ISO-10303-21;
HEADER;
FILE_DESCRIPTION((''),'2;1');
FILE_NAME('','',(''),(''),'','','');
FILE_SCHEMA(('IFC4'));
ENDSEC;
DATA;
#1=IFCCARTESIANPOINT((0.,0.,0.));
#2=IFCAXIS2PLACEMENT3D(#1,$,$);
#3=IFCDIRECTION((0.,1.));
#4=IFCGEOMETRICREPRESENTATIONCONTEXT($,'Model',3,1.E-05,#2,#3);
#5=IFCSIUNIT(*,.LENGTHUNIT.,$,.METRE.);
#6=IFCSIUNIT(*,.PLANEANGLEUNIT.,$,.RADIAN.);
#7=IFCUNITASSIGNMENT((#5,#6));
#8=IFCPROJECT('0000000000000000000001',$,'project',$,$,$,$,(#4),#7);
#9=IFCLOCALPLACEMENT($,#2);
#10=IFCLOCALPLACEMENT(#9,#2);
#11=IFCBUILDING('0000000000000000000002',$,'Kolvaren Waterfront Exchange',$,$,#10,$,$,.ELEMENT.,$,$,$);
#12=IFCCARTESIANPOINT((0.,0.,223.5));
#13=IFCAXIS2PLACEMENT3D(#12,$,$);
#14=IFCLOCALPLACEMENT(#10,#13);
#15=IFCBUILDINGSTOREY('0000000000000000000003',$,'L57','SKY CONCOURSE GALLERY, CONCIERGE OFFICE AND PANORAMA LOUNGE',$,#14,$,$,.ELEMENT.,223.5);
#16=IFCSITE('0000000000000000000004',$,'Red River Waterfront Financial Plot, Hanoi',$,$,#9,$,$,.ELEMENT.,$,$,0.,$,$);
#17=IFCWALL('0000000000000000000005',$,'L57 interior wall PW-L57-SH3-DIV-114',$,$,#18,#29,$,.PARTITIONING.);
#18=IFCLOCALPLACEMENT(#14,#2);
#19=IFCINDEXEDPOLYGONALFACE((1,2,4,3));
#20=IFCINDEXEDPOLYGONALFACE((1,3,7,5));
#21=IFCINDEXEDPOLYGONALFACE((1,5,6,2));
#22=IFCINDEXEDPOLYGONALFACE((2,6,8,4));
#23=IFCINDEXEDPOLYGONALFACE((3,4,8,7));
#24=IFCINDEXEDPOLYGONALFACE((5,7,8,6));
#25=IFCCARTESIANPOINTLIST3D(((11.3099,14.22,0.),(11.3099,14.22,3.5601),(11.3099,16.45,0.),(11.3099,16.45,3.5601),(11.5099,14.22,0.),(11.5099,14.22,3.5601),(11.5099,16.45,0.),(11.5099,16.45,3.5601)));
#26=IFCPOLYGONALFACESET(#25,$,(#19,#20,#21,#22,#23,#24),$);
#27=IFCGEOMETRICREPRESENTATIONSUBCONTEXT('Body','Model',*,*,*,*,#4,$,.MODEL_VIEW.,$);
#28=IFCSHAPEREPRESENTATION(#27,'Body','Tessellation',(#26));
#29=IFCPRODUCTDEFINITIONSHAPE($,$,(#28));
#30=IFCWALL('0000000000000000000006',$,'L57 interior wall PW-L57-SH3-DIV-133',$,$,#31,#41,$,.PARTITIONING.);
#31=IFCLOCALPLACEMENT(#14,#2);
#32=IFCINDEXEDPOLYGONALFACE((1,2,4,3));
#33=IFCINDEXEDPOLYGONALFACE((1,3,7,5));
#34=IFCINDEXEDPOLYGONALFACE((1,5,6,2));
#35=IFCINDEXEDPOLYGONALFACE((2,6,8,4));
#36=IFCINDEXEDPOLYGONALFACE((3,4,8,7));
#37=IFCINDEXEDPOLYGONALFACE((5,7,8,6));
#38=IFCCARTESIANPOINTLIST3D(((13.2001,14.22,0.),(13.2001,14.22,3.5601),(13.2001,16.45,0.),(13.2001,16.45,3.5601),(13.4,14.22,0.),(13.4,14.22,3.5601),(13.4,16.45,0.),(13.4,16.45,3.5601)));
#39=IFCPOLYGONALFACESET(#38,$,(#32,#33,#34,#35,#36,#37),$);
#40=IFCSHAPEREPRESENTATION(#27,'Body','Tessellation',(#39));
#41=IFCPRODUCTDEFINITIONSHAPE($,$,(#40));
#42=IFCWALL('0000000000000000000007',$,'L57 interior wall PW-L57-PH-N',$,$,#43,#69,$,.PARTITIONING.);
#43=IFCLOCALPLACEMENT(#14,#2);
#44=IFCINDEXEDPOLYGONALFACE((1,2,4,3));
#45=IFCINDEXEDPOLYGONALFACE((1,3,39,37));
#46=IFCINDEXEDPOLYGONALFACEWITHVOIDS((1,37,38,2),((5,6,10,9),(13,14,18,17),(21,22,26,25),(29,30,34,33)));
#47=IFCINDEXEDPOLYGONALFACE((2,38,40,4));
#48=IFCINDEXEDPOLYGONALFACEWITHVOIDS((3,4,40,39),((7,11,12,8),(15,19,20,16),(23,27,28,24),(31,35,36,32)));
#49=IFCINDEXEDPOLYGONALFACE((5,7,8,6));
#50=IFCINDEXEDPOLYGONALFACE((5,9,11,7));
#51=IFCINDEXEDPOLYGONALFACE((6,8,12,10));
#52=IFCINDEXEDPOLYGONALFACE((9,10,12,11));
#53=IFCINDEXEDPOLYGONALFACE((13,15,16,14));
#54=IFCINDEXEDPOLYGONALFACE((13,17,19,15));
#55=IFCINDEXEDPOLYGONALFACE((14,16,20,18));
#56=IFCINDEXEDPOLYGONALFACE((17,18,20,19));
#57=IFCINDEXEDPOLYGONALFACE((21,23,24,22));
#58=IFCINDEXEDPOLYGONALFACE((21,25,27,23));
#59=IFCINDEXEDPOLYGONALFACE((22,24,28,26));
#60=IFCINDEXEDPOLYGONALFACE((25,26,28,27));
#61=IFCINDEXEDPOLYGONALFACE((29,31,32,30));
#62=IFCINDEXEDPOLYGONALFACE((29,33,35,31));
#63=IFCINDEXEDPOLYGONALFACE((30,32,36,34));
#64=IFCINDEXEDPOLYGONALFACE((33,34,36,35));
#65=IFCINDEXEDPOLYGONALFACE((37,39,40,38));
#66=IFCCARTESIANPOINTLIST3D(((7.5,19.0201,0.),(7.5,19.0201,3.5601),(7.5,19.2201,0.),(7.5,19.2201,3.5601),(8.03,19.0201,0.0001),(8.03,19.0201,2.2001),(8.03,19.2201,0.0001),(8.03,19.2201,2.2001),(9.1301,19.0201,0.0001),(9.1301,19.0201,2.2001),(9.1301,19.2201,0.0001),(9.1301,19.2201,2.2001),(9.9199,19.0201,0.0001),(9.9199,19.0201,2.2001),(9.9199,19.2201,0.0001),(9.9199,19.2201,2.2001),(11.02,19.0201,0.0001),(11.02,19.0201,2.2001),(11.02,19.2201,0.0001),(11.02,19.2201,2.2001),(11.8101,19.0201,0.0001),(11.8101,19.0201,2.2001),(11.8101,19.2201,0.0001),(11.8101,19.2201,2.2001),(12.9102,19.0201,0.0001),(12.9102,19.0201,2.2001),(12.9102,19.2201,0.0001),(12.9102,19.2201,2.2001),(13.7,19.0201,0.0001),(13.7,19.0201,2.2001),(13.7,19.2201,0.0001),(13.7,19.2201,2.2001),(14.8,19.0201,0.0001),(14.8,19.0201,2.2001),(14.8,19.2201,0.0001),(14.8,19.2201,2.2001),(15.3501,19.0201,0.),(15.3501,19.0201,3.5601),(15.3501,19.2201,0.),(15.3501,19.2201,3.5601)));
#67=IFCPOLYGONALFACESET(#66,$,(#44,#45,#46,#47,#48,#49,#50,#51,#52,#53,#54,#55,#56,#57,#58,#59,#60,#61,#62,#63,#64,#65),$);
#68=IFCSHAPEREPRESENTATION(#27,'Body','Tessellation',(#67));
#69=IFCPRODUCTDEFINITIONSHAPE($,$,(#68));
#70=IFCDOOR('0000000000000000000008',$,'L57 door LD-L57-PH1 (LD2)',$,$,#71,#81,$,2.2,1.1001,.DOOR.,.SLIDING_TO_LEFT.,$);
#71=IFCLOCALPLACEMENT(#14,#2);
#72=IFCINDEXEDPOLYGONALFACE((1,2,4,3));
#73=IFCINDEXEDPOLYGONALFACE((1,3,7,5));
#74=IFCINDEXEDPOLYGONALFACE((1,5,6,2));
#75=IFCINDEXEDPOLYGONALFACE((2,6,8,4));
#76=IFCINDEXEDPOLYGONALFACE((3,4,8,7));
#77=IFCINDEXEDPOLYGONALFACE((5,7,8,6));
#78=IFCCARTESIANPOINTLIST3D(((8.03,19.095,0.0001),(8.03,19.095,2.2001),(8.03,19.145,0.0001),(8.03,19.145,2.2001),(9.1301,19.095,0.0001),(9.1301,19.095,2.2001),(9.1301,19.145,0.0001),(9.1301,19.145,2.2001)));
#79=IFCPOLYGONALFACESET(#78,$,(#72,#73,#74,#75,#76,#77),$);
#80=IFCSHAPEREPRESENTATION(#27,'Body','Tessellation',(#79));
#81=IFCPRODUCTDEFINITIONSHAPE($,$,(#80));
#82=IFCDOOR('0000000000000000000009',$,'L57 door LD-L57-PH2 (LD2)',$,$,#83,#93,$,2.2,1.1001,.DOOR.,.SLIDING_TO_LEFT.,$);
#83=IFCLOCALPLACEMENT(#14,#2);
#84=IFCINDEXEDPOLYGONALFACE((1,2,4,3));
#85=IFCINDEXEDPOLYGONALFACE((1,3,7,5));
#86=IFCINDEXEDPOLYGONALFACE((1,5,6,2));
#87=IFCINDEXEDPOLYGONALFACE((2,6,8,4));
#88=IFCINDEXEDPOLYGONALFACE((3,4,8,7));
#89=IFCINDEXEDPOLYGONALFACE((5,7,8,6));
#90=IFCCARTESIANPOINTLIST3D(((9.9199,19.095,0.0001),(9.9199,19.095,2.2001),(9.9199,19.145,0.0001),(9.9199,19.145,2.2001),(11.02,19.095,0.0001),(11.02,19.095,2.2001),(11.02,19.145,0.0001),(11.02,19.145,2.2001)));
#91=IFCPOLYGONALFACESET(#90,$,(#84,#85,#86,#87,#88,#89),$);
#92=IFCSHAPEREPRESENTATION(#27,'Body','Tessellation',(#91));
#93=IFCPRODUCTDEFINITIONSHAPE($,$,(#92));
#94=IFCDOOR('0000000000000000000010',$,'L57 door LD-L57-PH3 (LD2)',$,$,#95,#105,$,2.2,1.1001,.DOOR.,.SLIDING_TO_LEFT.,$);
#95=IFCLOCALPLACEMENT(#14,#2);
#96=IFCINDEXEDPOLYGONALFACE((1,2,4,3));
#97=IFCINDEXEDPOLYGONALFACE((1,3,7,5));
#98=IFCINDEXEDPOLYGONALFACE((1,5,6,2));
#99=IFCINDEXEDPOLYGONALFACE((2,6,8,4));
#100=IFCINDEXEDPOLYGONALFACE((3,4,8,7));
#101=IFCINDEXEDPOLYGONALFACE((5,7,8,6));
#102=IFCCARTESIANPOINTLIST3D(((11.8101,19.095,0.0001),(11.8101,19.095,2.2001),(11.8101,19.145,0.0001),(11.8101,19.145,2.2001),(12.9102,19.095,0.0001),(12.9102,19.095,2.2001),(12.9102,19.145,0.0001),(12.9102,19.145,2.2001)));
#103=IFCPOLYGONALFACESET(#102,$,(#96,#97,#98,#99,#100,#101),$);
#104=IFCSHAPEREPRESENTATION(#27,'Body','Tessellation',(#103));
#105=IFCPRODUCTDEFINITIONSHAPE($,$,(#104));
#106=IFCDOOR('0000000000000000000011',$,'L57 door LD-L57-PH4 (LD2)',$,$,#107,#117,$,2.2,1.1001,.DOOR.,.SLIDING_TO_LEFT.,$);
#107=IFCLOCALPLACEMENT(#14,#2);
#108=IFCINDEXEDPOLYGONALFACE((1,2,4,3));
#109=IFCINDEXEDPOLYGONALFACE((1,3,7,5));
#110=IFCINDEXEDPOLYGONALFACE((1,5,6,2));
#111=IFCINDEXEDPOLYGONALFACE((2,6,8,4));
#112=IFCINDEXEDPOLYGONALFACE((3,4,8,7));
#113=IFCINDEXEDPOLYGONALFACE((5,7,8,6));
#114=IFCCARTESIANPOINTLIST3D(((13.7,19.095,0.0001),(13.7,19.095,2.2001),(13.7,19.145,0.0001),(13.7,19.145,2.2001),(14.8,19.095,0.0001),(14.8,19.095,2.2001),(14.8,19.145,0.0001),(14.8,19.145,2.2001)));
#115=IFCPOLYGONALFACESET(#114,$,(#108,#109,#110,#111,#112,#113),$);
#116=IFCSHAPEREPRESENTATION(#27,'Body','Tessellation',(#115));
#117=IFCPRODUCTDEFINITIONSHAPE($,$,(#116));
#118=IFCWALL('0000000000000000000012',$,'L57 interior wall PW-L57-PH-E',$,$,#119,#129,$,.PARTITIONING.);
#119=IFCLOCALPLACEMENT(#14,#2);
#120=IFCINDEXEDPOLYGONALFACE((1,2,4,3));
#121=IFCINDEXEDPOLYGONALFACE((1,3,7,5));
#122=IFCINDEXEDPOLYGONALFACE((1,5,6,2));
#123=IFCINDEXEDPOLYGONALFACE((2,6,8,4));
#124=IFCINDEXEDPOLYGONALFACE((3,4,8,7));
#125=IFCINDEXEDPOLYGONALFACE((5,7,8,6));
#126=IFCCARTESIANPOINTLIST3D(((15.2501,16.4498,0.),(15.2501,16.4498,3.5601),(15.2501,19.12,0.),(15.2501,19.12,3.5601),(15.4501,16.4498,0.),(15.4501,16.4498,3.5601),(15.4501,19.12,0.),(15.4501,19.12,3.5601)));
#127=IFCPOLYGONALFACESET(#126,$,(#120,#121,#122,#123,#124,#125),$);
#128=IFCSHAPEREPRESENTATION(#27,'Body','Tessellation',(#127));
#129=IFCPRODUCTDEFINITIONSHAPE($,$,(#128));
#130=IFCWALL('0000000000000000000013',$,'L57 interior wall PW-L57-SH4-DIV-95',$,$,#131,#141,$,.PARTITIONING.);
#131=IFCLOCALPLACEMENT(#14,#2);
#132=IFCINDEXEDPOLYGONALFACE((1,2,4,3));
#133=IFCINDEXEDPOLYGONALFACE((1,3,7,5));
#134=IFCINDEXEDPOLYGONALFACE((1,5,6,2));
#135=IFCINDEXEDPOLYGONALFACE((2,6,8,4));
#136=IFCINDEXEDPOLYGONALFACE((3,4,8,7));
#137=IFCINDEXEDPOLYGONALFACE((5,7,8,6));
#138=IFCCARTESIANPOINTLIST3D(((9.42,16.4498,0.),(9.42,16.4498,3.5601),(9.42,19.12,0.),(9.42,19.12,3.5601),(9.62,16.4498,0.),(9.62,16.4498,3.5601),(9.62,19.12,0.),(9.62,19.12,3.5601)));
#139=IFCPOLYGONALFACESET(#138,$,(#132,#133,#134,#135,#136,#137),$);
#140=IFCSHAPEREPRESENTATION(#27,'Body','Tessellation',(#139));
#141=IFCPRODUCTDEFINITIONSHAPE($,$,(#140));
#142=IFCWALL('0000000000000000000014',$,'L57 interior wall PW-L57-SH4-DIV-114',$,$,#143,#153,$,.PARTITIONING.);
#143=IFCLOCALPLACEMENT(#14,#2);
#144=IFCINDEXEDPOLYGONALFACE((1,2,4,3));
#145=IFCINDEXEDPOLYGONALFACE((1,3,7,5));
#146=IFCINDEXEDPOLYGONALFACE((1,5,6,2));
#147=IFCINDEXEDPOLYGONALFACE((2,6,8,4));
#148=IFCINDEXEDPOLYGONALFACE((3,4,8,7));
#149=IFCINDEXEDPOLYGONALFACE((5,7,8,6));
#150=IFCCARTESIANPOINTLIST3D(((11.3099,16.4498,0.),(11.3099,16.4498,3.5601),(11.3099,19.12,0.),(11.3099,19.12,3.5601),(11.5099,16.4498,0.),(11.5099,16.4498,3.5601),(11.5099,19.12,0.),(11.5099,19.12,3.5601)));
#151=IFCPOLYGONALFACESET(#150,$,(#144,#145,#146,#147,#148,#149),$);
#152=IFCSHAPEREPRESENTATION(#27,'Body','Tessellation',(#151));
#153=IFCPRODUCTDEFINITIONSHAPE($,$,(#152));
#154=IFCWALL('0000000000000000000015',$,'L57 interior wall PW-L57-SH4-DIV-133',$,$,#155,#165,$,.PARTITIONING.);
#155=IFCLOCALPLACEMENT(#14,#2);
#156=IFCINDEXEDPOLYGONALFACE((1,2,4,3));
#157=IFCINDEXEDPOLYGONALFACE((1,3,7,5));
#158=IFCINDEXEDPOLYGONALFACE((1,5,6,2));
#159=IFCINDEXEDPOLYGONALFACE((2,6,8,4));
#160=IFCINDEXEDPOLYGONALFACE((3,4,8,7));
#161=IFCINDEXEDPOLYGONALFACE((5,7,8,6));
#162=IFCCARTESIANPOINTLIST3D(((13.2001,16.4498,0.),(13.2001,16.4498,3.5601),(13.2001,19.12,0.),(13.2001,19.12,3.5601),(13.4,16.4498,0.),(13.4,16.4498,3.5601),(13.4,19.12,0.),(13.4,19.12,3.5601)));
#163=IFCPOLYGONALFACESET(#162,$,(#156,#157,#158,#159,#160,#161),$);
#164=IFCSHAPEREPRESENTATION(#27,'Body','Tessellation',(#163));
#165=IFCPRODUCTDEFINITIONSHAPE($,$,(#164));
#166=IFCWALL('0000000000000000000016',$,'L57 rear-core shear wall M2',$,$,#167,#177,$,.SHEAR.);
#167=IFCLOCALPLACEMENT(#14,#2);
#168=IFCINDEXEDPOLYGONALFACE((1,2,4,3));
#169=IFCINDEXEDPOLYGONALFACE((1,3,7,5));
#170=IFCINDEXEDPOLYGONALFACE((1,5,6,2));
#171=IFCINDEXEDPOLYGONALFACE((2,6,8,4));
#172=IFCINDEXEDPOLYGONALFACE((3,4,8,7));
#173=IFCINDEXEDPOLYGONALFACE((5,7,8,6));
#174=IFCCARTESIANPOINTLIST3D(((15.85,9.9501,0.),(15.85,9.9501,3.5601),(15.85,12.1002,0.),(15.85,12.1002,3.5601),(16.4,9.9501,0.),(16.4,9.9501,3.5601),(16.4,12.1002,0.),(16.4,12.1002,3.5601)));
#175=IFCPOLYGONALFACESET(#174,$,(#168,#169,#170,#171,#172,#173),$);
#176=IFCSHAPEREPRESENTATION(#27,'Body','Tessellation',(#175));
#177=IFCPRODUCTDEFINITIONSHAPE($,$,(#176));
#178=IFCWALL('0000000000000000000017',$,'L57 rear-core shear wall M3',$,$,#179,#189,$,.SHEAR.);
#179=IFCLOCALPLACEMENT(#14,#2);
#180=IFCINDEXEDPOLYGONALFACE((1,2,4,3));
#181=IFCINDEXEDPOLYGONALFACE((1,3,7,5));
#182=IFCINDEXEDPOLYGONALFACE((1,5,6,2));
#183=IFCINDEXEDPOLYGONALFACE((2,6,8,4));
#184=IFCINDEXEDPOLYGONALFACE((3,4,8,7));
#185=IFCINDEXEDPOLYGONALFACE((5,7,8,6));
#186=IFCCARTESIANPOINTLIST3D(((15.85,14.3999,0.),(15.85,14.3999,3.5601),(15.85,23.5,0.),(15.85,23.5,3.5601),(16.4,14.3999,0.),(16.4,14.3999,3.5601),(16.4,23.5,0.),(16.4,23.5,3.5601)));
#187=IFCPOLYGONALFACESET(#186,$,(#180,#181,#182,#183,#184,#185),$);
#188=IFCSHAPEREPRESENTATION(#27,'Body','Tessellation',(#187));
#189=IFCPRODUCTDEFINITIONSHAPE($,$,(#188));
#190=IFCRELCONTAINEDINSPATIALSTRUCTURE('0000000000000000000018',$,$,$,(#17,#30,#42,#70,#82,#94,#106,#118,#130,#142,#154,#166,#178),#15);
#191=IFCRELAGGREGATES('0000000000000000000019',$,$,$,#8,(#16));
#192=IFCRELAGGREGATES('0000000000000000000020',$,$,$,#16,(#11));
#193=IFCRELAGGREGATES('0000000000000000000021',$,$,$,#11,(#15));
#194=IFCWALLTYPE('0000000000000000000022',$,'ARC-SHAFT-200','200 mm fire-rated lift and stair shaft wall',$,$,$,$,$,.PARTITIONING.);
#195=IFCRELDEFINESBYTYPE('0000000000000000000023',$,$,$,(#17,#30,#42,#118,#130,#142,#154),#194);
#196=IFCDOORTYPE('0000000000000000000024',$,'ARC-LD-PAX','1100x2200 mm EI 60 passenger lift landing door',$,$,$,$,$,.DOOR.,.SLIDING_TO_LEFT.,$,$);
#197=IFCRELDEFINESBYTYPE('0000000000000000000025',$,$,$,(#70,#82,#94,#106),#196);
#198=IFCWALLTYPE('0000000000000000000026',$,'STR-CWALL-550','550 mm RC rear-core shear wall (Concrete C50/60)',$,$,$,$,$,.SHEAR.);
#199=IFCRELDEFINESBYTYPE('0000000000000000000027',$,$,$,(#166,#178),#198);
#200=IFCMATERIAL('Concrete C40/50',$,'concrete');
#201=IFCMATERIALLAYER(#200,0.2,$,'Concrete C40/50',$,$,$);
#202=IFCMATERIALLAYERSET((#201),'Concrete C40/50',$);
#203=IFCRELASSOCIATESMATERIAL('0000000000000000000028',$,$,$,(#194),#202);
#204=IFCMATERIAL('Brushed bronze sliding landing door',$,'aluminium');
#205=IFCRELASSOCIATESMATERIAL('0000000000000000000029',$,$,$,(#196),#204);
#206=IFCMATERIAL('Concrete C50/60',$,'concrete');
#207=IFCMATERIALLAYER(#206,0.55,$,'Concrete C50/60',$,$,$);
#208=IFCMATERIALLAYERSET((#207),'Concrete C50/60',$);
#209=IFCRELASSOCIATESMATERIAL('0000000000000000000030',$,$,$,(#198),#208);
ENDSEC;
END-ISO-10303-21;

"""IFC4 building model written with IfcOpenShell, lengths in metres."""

from ifc_helpers import new_model, si_unit, direction, frame, frame_2d, origin, place, context, subcontext, project, spatial, rectangle, extrude, material, layer, layer_set, type_object, element, fill, save


model = new_model("IFC4")

# Units and contexts
model_context = context("Model", 3, precision=1e-05, world=origin(), true_north=direction((0.0, 1.0)))
body_context = subcontext(model_context, "Body", "Model", "MODEL_VIEW")
ifc_project = project(units=[si_unit("LENGTHUNIT", "METRE"), si_unit("PLANEANGLEUNIT", "RADIAN")], contexts=[model_context])

# Site, building, storey
site_placement = place(None, origin())
site = spatial("IfcSite", under=ifc_project, at=site_placement, Name="Red River Waterfront Financial Plot, Hanoi", CompositionType="ELEMENT", RefElevation=0.0)
building_placement = place(site_placement, origin())
building = spatial("IfcBuilding", under=site, at=building_placement, Name="Kolvaren Waterfront Exchange", CompositionType="ELEMENT")
storey_placement = place(building_placement, frame((0.0, 0.0, 223.5)))
storey = spatial("IfcBuildingStorey", under=building, at=storey_placement, Name="L57", Description="SKY CONCOURSE GALLERY, CONCIERGE OFFICE AND PANORAMA LOUNGE", CompositionType="ELEMENT", Elevation=223.5)

# Walls
ifc_material_1 = material(Name="Concrete C40/50", Category="concrete")
ifc_layer_1 = layer(ifc_material_1, 0.2, Name="Concrete C40/50")
ifc_layer_set_1 = layer_set([ifc_layer_1], Name="Concrete C40/50")
wall_type_1 = type_object("IfcWallType", Name="ARC-SHAFT-200", Description="200 mm fire-rated lift and stair shaft wall", PredefinedType="PARTITIONING", material=ifc_layer_set_1)
for number, where, z_axis, x_axis, name in (
    (1, (11.4099, 14.22, 0.0), (0.0, 0.0, 1.0), (0.0, 1.0, 0.0), "L57 interior wall PW-L57-SH3-DIV-114"),
    (2, (13.3, 14.22, 0.0), (0.0, 0.0, 1.0), (0.0, 1.0, 0.0), "L57 interior wall PW-L57-SH3-DIV-133"),
):
    element("IfcWall", number, at=place(storey_placement, frame(where, z_axis=z_axis, x_axis=x_axis)), inside=storey, type_object=wall_type_1, Name=name, PredefinedType="PARTITIONING", context=body_context, shape_type="SweptSolid", body=[
        extrude(rectangle(XDim=2.23, YDim=0.2, at=frame_2d((1.115, 0.0))), origin(), (0.0, 0.0, 1.0), 3.5601),
    ])

# Wall, openings, doors
wall_1_placement = place(storey_placement, frame((7.5, 19.1201, 0.0), z_axis=(0.0, 0.0, 1.0), x_axis=(1.0, 0.0, 0.0)))
wall_1 = element("IfcWall", 3, at=wall_1_placement, inside=storey, type_object=wall_type_1, Name="L57 interior wall PW-L57-PH-N", PredefinedType="PARTITIONING", context=body_context, shape_type="SweptSolid", body=[
    extrude(rectangle(XDim=7.8501, YDim=0.2, at=frame_2d((3.925, 0.0))), origin(), (0.0, 0.0, 1.0), 3.5601),
])
opening_1_placement = place(wall_1_placement, frame((0.53, 0.0, 0.0)))
opening_1 = element("IfcOpeningElement", 4, at=opening_1_placement, cuts=wall_1, PredefinedType="OPENING", context=body_context, shape_type="SweptSolid", body=[
    extrude(rectangle(XDim=1.1001, YDim=2.2, at=frame_2d((0.55, 1.1001))), frame((0.0, 0.1099, 0.0), z_axis=(0.0, -1.0, 0.0), x_axis=(1.0, 0.0, 0.0)), (0.0, 0.0, 1.0), 0.22),
])
opening_2_placement = place(wall_1_placement, frame((2.4199, 0.0, 0.0)))
opening_2 = element("IfcOpeningElement", 5, at=opening_2_placement, cuts=wall_1, PredefinedType="OPENING", context=body_context, shape_type="SweptSolid", body=[
    extrude(rectangle(XDim=1.1001, YDim=2.2, at=frame_2d((0.55, 1.1001))), frame((0.0, 0.1099, 0.0), z_axis=(0.0, -1.0, 0.0), x_axis=(1.0, 0.0, 0.0)), (0.0, 0.0, 1.0), 0.22),
])
opening_3_placement = place(wall_1_placement, frame((4.3101, 0.0, 0.0)))
opening_3 = element("IfcOpeningElement", 6, at=opening_3_placement, cuts=wall_1, PredefinedType="OPENING", context=body_context, shape_type="SweptSolid", body=[
    extrude(rectangle(XDim=1.1001, YDim=2.2, at=frame_2d((0.55, 1.1001))), frame((0.0, 0.1099, 0.0), z_axis=(0.0, -1.0, 0.0), x_axis=(1.0, 0.0, 0.0)), (0.0, 0.0, 1.0), 0.22),
])
opening_4_placement = place(wall_1_placement, frame((6.2, 0.0, 0.0)))
opening_4 = element("IfcOpeningElement", 7, at=opening_4_placement, cuts=wall_1, PredefinedType="OPENING", context=body_context, shape_type="SweptSolid", body=[
    extrude(rectangle(XDim=1.1001, YDim=2.2, at=frame_2d((0.55, 1.1001))), frame((0.0, 0.1099, 0.0), z_axis=(0.0, -1.0, 0.0), x_axis=(1.0, 0.0, 0.0)), (0.0, 0.0, 1.0), 0.22),
])
ifc_material_2 = material(Name="Brushed bronze sliding landing door", Category="aluminium")
door_type_1 = type_object("IfcDoorType", Name="ARC-LD-PAX", Description="1100x2200 mm EI 60 passenger lift landing door", OperationType="SLIDING_TO_LEFT", PredefinedType="DOOR", material=ifc_material_2)
door_1_placement = place(opening_1_placement, origin())
door_1 = element("IfcDoor", 8, at=door_1_placement, inside=storey, type_object=door_type_1, Name="L57 door LD-L57-PH1 (LD2)", OperationType="SLIDING_TO_LEFT", OverallHeight=2.2, OverallWidth=1.1001, PredefinedType="DOOR", context=body_context, shape_type="SweptSolid", body=[
    extrude(rectangle(XDim=1.1001, YDim=2.2, at=frame_2d((0.55, 1.1001))), frame((0.0, 0.0249, 0.0), z_axis=(0.0, -1.0, 0.0), x_axis=(1.0, 0.0, 0.0)), (0.0, 0.0, 1.0), 0.05),
])
fill(opening_1, door_1)
door_2_placement = place(opening_2_placement, origin())
door_2 = element("IfcDoor", 9, at=door_2_placement, inside=storey, type_object=door_type_1, Name="L57 door LD-L57-PH2 (LD2)", OperationType="SLIDING_TO_LEFT", OverallHeight=2.2, OverallWidth=1.1001, PredefinedType="DOOR", context=body_context, shape_type="SweptSolid", body=[
    extrude(rectangle(XDim=1.1001, YDim=2.2, at=frame_2d((0.55, 1.1001))), frame((0.0, 0.0249, 0.0), z_axis=(0.0, -1.0, 0.0), x_axis=(1.0, 0.0, 0.0)), (0.0, 0.0, 1.0), 0.05),
])
fill(opening_2, door_2)
door_3_placement = place(opening_3_placement, origin())
door_3 = element("IfcDoor", 10, at=door_3_placement, inside=storey, type_object=door_type_1, Name="L57 door LD-L57-PH3 (LD2)", OperationType="SLIDING_TO_LEFT", OverallHeight=2.2, OverallWidth=1.1001, PredefinedType="DOOR", context=body_context, shape_type="SweptSolid", body=[
    extrude(rectangle(XDim=1.1001, YDim=2.2, at=frame_2d((0.55, 1.1001))), frame((0.0, 0.0249, 0.0), z_axis=(0.0, -1.0, 0.0), x_axis=(1.0, 0.0, 0.0)), (0.0, 0.0, 1.0), 0.05),
])
fill(opening_3, door_3)
door_4_placement = place(opening_4_placement, origin())
door_4 = element("IfcDoor", 11, at=door_4_placement, inside=storey, type_object=door_type_1, Name="L57 door LD-L57-PH4 (LD2)", OperationType="SLIDING_TO_LEFT", OverallHeight=2.2, OverallWidth=1.1001, PredefinedType="DOOR", context=body_context, shape_type="SweptSolid", body=[
    extrude(rectangle(XDim=1.1001, YDim=2.2, at=frame_2d((0.55, 1.1001))), frame((0.0, 0.0249, 0.0), z_axis=(0.0, -1.0, 0.0), x_axis=(1.0, 0.0, 0.0)), (0.0, 0.0, 1.0), 0.05),
])
fill(opening_4, door_4)

# Walls
for number, where, z_axis, x_axis, name in (
    (12, (15.3501, 16.45, 0.0), (0.0, 0.0, 1.0), (0.0, 1.0, 0.0), "L57 interior wall PW-L57-PH-E"),
    (13, (9.52, 16.45, 0.0), (0.0, 0.0, 1.0), (0.0, 1.0, 0.0), "L57 interior wall PW-L57-SH4-DIV-95"),
    (14, (11.4099, 16.45, 0.0), (0.0, 0.0, 1.0), (0.0, 1.0, 0.0), "L57 interior wall PW-L57-SH4-DIV-114"),
    (15, (13.3, 16.45, 0.0), (0.0, 0.0, 1.0), (0.0, 1.0, 0.0), "L57 interior wall PW-L57-SH4-DIV-133"),
):
    element("IfcWall", number, at=place(storey_placement, frame(where, z_axis=z_axis, x_axis=x_axis)), inside=storey, type_object=wall_type_1, Name=name, PredefinedType="PARTITIONING", context=body_context, shape_type="SweptSolid", body=[
        extrude(rectangle(XDim=2.6702, YDim=0.2, at=frame_2d((1.335, 0.0))), origin(), (0.0, 0.0, 1.0), 3.5601),
    ])
ifc_material_3 = material(Name="Concrete C50/60", Category="concrete")
ifc_layer_2 = layer(ifc_material_3, 0.55, Name="Concrete C50/60")
ifc_layer_set_2 = layer_set([ifc_layer_2], Name="Concrete C50/60")
wall_type_2 = type_object("IfcWallType", Name="STR-CWALL-550", Description="550 mm RC rear-core shear wall (Concrete C50/60)", PredefinedType="SHEAR", material=ifc_layer_set_2)
wall_2_placement = place(storey_placement, frame((16.125, 9.95, 0.0), z_axis=(0.0, 0.0, 1.0), x_axis=(0.0, 1.0, 0.0)))
element("IfcWall", 16, at=wall_2_placement, inside=storey, type_object=wall_type_2, Name="L57 rear-core shear wall M2", PredefinedType="SHEAR", context=body_context, shape_type="SweptSolid", body=[
    extrude(rectangle(XDim=2.1501, YDim=0.55, at=frame_2d((1.0752, 0.0))), origin(), (0.0, 0.0, 1.0), 3.5601),
])
wall_3_placement = place(storey_placement, frame((16.125, 14.3999, 0.0), z_axis=(0.0, 0.0, 1.0), x_axis=(0.0, 1.0, 0.0)))
element("IfcWall", 17, at=wall_3_placement, inside=storey, type_object=wall_type_2, Name="L57 rear-core shear wall M3", PredefinedType="SHEAR", context=body_context, shape_type="SweptSolid", body=[
    extrude(rectangle(XDim=9.1001, YDim=0.55, at=frame_2d((4.55, 0.0))), origin(), (0.0, 0.0, 1.0), 3.5601),
])

save(model, "model.ifc")
